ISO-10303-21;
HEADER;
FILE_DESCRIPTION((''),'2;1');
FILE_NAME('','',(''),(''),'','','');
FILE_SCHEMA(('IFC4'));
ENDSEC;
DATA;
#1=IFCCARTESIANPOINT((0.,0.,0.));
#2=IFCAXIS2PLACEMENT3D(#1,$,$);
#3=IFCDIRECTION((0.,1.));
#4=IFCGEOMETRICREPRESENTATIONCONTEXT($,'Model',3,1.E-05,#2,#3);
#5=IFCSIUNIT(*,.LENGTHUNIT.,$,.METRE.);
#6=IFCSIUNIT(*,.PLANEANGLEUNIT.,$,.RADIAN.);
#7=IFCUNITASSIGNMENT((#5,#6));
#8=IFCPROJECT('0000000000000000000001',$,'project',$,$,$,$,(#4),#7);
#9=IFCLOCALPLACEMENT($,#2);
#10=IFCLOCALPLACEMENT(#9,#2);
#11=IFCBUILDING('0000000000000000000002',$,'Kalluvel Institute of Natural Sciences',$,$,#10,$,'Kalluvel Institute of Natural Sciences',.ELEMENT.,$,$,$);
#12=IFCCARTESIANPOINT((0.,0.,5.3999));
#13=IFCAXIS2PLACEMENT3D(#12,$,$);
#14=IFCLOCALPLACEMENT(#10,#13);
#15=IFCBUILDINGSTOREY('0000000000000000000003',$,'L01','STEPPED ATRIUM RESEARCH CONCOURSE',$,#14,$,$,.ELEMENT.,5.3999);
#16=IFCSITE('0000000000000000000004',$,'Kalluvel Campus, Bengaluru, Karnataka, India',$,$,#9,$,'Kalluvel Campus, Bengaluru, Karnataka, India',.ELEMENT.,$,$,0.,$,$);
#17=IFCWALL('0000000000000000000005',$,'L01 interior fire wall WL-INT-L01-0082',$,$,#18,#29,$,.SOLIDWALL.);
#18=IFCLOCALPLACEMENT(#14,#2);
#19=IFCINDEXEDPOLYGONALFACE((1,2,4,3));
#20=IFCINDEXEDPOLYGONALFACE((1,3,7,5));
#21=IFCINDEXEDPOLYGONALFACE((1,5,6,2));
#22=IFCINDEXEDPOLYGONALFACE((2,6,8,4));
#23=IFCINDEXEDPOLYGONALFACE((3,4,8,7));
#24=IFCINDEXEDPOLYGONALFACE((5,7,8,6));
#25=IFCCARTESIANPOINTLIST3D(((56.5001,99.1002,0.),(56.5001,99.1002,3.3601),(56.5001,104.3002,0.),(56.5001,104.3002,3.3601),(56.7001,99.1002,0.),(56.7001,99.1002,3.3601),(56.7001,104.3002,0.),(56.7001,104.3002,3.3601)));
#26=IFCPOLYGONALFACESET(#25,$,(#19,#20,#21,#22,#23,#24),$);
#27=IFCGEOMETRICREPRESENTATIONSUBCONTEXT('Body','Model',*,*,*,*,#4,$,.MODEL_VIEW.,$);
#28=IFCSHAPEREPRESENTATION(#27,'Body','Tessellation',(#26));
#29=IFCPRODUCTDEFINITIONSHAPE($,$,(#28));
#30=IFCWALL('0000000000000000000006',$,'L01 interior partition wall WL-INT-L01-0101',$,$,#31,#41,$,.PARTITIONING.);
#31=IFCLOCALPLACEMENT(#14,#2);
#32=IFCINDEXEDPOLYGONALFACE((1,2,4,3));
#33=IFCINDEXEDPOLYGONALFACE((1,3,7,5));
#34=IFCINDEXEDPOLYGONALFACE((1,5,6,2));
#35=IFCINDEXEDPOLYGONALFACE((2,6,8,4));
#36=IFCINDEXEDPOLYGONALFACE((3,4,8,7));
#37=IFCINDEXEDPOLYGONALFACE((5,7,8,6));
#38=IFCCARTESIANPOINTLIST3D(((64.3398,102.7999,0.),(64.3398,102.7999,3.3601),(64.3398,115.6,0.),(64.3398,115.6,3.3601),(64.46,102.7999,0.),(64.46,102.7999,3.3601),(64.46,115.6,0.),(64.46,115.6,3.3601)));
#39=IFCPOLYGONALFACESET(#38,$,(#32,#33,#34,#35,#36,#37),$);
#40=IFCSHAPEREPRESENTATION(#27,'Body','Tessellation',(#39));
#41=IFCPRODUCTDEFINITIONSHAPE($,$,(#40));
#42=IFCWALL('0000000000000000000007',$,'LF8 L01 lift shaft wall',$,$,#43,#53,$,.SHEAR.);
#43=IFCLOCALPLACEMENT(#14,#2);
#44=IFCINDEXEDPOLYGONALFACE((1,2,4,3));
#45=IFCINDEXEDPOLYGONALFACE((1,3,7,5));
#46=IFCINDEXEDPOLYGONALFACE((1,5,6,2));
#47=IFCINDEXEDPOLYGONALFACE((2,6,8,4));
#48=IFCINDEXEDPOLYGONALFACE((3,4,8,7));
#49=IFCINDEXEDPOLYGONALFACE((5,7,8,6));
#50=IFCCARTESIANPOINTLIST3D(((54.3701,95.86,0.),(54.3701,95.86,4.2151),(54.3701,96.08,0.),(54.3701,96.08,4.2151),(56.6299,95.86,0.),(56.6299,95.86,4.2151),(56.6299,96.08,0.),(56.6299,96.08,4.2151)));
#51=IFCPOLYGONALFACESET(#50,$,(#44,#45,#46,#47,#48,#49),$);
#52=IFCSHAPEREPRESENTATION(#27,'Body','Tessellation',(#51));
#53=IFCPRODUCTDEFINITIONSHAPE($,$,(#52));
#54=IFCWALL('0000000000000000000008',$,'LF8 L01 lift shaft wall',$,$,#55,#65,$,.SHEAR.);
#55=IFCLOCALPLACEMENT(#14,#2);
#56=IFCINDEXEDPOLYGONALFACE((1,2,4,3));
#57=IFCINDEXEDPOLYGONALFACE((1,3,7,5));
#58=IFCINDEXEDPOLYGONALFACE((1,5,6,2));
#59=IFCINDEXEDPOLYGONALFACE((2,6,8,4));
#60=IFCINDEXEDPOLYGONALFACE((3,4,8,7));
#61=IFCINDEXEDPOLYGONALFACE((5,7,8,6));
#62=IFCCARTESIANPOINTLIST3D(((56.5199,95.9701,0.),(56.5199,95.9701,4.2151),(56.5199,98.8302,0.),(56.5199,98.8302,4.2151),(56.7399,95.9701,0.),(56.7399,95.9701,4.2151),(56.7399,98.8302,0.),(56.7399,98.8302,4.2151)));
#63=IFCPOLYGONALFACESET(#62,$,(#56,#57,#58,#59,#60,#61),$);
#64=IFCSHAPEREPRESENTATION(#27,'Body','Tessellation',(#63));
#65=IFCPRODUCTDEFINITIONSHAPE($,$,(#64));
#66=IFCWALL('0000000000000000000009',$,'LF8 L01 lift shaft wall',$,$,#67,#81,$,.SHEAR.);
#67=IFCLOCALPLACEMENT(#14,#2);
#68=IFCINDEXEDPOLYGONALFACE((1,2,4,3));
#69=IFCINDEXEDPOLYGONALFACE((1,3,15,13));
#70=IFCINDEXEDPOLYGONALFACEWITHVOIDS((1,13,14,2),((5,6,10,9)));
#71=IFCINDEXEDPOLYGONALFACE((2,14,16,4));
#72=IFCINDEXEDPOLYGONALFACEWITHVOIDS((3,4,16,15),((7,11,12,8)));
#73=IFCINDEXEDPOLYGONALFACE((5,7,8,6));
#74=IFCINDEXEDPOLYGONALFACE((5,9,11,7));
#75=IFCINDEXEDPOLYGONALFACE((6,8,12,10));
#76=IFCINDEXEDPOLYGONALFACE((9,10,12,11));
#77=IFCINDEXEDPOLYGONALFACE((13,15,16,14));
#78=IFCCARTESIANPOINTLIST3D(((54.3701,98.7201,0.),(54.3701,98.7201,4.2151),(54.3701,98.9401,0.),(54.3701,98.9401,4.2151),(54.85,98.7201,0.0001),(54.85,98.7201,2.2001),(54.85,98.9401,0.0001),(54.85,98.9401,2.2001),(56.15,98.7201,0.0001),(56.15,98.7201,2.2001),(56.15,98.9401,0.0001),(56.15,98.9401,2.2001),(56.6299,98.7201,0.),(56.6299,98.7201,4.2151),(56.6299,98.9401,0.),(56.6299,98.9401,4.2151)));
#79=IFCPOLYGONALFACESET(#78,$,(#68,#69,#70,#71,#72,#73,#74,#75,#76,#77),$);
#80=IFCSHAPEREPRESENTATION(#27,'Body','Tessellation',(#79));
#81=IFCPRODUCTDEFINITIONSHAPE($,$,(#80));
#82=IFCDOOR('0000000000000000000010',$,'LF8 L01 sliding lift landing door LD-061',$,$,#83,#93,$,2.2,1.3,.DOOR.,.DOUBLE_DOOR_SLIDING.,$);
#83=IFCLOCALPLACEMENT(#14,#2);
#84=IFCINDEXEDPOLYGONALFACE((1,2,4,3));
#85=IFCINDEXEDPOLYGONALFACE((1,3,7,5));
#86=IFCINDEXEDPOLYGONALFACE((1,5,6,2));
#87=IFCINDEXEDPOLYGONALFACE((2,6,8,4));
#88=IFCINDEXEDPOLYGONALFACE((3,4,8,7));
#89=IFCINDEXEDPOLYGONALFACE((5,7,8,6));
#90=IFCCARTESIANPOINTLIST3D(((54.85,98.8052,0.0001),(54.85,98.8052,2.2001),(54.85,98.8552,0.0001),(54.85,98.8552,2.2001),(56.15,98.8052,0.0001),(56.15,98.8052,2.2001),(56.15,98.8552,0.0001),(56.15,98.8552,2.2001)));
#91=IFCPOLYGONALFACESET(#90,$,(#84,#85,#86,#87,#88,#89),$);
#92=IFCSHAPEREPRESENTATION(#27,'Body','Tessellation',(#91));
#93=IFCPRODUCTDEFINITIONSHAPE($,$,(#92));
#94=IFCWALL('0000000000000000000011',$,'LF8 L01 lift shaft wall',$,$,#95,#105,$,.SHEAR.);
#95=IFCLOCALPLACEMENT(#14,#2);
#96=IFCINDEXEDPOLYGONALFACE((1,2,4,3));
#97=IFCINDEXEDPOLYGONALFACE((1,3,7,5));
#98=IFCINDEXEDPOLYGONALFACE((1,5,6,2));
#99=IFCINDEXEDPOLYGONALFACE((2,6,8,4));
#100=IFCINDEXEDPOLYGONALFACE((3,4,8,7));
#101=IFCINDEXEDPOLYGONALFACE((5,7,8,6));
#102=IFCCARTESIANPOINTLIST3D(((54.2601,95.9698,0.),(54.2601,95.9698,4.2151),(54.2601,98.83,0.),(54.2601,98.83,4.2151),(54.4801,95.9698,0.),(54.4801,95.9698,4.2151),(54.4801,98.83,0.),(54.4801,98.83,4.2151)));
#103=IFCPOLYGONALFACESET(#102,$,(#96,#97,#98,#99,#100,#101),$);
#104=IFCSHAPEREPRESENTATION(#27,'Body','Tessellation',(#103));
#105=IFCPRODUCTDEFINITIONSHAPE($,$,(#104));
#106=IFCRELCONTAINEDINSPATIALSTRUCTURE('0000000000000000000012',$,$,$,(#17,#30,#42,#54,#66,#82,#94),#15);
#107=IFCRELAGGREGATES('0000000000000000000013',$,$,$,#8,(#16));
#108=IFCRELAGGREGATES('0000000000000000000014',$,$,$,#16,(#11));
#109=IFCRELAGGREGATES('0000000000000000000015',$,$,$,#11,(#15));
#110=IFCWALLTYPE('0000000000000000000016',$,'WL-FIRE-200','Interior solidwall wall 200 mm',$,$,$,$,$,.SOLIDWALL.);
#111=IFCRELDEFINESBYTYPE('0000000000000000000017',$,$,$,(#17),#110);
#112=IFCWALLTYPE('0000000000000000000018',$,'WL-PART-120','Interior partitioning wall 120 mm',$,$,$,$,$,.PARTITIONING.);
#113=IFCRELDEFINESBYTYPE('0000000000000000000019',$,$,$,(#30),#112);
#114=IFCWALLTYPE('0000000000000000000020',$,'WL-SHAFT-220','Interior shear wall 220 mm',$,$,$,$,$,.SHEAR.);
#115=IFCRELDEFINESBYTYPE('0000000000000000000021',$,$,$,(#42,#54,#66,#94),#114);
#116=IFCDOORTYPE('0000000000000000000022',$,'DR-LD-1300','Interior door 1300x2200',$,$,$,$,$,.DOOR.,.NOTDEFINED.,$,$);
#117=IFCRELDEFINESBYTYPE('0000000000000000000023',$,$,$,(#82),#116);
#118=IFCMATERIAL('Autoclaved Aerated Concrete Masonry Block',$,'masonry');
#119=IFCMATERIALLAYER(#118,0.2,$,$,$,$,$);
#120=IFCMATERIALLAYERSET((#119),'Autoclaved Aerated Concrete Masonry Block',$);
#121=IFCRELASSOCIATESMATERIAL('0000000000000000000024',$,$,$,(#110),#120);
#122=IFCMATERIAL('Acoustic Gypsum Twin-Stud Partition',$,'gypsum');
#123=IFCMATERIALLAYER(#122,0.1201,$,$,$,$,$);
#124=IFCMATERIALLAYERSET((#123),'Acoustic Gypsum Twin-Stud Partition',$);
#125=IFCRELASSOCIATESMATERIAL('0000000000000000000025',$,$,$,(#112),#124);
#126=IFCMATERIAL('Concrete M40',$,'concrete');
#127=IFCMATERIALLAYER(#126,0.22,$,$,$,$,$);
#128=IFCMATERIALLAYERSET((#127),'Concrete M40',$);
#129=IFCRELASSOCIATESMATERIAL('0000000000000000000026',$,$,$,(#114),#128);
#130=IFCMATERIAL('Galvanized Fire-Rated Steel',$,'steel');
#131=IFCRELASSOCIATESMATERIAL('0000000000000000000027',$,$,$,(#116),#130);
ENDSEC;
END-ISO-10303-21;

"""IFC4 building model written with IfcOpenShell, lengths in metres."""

from ifc_helpers import new_model, si_unit, direction, frame, frame_2d, origin, place, context, subcontext, project, spatial, rectangle, extrude, material, layer, layer_set, type_object, element, fill, save


model = new_model("IFC4")

# Units and contexts
model_context = context("Model", 3, precision=1e-05, world=origin(), true_north=direction((0.0, 1.0)))
body_context = subcontext(model_context, "Body", "Model", "MODEL_VIEW")
ifc_project = project(units=[si_unit("LENGTHUNIT", "METRE"), si_unit("PLANEANGLEUNIT", "RADIAN")], contexts=[model_context])

# Site, building, storey
site_placement = place(None, origin())
site = spatial("IfcSite", under=ifc_project, at=site_placement, Name="Kalluvel Campus, Bengaluru, Karnataka, India", LongName="Kalluvel Campus, Bengaluru, Karnataka, India", CompositionType="ELEMENT", RefElevation=0.0)
building_placement = place(site_placement, origin())
building = spatial("IfcBuilding", under=site, at=building_placement, Name="Kalluvel Institute of Natural Sciences", LongName="Kalluvel Institute of Natural Sciences", CompositionType="ELEMENT")
storey_placement = place(building_placement, frame((0.0, 0.0, 5.3999)))
storey = spatial("IfcBuildingStorey", under=building, at=storey_placement, Name="L01", Description="STEPPED ATRIUM RESEARCH CONCOURSE", CompositionType="ELEMENT", Elevation=5.3999)

# Shared definitions
ifc_material_1 = material(Name="Concrete M40", Category="concrete")

# Shared definitions
ifc_material_2 = material(Name="Galvanized Fire-Rated Steel", Category="steel")

# Walls
ifc_material_3 = material(Name="Autoclaved Aerated Concrete Masonry Block", Category="masonry")
ifc_layer_1 = layer(ifc_material_3, 0.2)
ifc_layer_set_1 = layer_set([ifc_layer_1], Name="Autoclaved Aerated Concrete Masonry Block")
wall_type_1 = type_object("IfcWallType", Name="WL-FIRE-200", Description="Interior solidwall wall 200 mm", PredefinedType="SOLIDWALL", material=ifc_layer_set_1)
wall_1_placement = place(storey_placement, frame((56.6001, 99.1001, 0.0), z_axis=(0.0, 0.0, 1.0), x_axis=(0.0, 1.0, 0.0)))
element("IfcWall", 1, at=wall_1_placement, inside=storey, type_object=wall_type_1, Name="L01 interior fire wall WL-INT-L01-0082", PredefinedType="SOLIDWALL", context=body_context, shape_type="SweptSolid", body=[
    extrude(rectangle(XDim=5.2, YDim=0.2, at=frame_2d((2.6001, 0.0))), origin(), (0.0, 0.0, 1.0), 3.3601),
])
ifc_material_4 = material(Name="Acoustic Gypsum Twin-Stud Partition", Category="gypsum")
ifc_layer_2 = layer(ifc_material_4, 0.1201)
ifc_layer_set_2 = layer_set([ifc_layer_2], Name="Acoustic Gypsum Twin-Stud Partition")
wall_type_2 = type_object("IfcWallType", Name="WL-PART-120", Description="Interior partitioning wall 120 mm", PredefinedType="PARTITIONING", material=ifc_layer_set_2)
wall_2_placement = place(storey_placement, frame((64.3999, 102.8, 0.0), z_axis=(0.0, 0.0, 1.0), x_axis=(0.0, 1.0, 0.0)))
element("IfcWall", 2, at=wall_2_placement, inside=storey, type_object=wall_type_2, Name="L01 interior partition wall WL-INT-L01-0101", PredefinedType="PARTITIONING", context=body_context, shape_type="SweptSolid", body=[
    extrude(rectangle(XDim=12.8, YDim=0.1201, at=frame_2d((6.3999, 0.0))), origin(), (0.0, 0.0, 1.0), 3.3601),
])
ifc_layer_3 = layer(ifc_material_1, 0.22)
ifc_layer_set_3 = layer_set([ifc_layer_3], Name="Concrete M40")
wall_type_3 = type_object("IfcWallType", Name="WL-SHAFT-220", Description="Interior shear wall 220 mm", PredefinedType="SHEAR", material=ifc_layer_set_3)
wall_3_placement = place(storey_placement, frame((54.3701, 95.97, 0.0), z_axis=(0.0, 0.0, 1.0), x_axis=(1.0, 0.0, 0.0)))
element("IfcWall", 3, at=wall_3_placement, inside=storey, type_object=wall_type_3, Name="LF8 L01 lift shaft wall", PredefinedType="SHEAR", context=body_context, shape_type="SweptSolid", body=[
    extrude(rectangle(XDim=2.2598, YDim=0.22, at=frame_2d((1.1299, 0.0))), origin(), (0.0, 0.0, 1.0), 4.2151),
])
wall_4_placement = place(storey_placement, frame((56.6299, 95.97, 0.0), z_axis=(0.0, 0.0, 1.0), x_axis=(0.0, 1.0, 0.0)))
element("IfcWall", 4, at=wall_4_placement, inside=storey, type_object=wall_type_3, Name="LF8 L01 lift shaft wall", PredefinedType="SHEAR", context=body_context, shape_type="SweptSolid", body=[
    extrude(rectangle(XDim=2.8601, YDim=0.22, at=frame_2d((1.4302, 0.0))), origin(), (0.0, 0.0, 1.0), 4.2151),
])

# Wall, opening, door
wall_5_placement = place(storey_placement, frame((56.6299, 98.8301, 0.0), z_axis=(0.0, 0.0, 1.0), x_axis=(-1.0, 0.0, 0.0)))
wall_5 = element("IfcWall", 5, at=wall_5_placement, inside=storey, type_object=wall_type_3, Name="LF8 L01 lift shaft wall", PredefinedType="SHEAR", context=body_context, shape_type="SweptSolid", body=[
    extrude(rectangle(XDim=2.2598, YDim=0.22, at=frame_2d((1.1299, 0.0))), origin(), (0.0, 0.0, 1.0), 4.2151),
])
opening_1_placement = place(wall_5_placement, frame((0.48, 0.0, 0.0)))
opening_1 = element("IfcOpeningElement", 6, at=opening_1_placement, cuts=wall_5, PredefinedType="OPENING", context=body_context, shape_type="SweptSolid", body=[
    extrude(rectangle(XDim=1.3, YDim=2.2, at=frame_2d((0.6499, 1.1001))), frame((0.0, 0.1199, 0.0), z_axis=(0.0, -1.0, 0.0), x_axis=(1.0, 0.0, 0.0)), (0.0, 0.0, 1.0), 0.24),
])
door_type_1 = type_object("IfcDoorType", Name="DR-LD-1300", Description="Interior door 1300x2200", OperationType="NOTDEFINED", PredefinedType="DOOR", material=ifc_material_2)
door_1_placement = place(opening_1_placement, origin())
door_1 = element("IfcDoor", 7, at=door_1_placement, inside=storey, type_object=door_type_1, Name="LF8 L01 sliding lift landing door LD-061", OperationType="DOUBLE_DOOR_SLIDING", OverallHeight=2.2, OverallWidth=1.3, PredefinedType="DOOR", context=body_context, shape_type="SweptSolid", body=[
    extrude(rectangle(XDim=1.3, YDim=2.2, at=frame_2d((0.6499, 1.1001))), frame((0.0, 0.0249, 0.0), z_axis=(0.0, -1.0, 0.0), x_axis=(1.0, 0.0, 0.0)), (0.0, 0.0, 1.0), 0.05),
])
fill(opening_1, door_1)

# Wall
wall_6_placement = place(storey_placement, frame((54.3701, 98.8301, 0.0), z_axis=(0.0, 0.0, 1.0), x_axis=(0.0, -1.0, 0.0)))
element("IfcWall", 8, at=wall_6_placement, inside=storey, type_object=wall_type_3, Name="LF8 L01 lift shaft wall", PredefinedType="SHEAR", context=body_context, shape_type="SweptSolid", body=[
    extrude(rectangle(XDim=2.8601, YDim=0.22, at=frame_2d((1.4302, 0.0))), origin(), (0.0, 0.0, 1.0), 4.2151),
])

save(model, "model.ifc")
